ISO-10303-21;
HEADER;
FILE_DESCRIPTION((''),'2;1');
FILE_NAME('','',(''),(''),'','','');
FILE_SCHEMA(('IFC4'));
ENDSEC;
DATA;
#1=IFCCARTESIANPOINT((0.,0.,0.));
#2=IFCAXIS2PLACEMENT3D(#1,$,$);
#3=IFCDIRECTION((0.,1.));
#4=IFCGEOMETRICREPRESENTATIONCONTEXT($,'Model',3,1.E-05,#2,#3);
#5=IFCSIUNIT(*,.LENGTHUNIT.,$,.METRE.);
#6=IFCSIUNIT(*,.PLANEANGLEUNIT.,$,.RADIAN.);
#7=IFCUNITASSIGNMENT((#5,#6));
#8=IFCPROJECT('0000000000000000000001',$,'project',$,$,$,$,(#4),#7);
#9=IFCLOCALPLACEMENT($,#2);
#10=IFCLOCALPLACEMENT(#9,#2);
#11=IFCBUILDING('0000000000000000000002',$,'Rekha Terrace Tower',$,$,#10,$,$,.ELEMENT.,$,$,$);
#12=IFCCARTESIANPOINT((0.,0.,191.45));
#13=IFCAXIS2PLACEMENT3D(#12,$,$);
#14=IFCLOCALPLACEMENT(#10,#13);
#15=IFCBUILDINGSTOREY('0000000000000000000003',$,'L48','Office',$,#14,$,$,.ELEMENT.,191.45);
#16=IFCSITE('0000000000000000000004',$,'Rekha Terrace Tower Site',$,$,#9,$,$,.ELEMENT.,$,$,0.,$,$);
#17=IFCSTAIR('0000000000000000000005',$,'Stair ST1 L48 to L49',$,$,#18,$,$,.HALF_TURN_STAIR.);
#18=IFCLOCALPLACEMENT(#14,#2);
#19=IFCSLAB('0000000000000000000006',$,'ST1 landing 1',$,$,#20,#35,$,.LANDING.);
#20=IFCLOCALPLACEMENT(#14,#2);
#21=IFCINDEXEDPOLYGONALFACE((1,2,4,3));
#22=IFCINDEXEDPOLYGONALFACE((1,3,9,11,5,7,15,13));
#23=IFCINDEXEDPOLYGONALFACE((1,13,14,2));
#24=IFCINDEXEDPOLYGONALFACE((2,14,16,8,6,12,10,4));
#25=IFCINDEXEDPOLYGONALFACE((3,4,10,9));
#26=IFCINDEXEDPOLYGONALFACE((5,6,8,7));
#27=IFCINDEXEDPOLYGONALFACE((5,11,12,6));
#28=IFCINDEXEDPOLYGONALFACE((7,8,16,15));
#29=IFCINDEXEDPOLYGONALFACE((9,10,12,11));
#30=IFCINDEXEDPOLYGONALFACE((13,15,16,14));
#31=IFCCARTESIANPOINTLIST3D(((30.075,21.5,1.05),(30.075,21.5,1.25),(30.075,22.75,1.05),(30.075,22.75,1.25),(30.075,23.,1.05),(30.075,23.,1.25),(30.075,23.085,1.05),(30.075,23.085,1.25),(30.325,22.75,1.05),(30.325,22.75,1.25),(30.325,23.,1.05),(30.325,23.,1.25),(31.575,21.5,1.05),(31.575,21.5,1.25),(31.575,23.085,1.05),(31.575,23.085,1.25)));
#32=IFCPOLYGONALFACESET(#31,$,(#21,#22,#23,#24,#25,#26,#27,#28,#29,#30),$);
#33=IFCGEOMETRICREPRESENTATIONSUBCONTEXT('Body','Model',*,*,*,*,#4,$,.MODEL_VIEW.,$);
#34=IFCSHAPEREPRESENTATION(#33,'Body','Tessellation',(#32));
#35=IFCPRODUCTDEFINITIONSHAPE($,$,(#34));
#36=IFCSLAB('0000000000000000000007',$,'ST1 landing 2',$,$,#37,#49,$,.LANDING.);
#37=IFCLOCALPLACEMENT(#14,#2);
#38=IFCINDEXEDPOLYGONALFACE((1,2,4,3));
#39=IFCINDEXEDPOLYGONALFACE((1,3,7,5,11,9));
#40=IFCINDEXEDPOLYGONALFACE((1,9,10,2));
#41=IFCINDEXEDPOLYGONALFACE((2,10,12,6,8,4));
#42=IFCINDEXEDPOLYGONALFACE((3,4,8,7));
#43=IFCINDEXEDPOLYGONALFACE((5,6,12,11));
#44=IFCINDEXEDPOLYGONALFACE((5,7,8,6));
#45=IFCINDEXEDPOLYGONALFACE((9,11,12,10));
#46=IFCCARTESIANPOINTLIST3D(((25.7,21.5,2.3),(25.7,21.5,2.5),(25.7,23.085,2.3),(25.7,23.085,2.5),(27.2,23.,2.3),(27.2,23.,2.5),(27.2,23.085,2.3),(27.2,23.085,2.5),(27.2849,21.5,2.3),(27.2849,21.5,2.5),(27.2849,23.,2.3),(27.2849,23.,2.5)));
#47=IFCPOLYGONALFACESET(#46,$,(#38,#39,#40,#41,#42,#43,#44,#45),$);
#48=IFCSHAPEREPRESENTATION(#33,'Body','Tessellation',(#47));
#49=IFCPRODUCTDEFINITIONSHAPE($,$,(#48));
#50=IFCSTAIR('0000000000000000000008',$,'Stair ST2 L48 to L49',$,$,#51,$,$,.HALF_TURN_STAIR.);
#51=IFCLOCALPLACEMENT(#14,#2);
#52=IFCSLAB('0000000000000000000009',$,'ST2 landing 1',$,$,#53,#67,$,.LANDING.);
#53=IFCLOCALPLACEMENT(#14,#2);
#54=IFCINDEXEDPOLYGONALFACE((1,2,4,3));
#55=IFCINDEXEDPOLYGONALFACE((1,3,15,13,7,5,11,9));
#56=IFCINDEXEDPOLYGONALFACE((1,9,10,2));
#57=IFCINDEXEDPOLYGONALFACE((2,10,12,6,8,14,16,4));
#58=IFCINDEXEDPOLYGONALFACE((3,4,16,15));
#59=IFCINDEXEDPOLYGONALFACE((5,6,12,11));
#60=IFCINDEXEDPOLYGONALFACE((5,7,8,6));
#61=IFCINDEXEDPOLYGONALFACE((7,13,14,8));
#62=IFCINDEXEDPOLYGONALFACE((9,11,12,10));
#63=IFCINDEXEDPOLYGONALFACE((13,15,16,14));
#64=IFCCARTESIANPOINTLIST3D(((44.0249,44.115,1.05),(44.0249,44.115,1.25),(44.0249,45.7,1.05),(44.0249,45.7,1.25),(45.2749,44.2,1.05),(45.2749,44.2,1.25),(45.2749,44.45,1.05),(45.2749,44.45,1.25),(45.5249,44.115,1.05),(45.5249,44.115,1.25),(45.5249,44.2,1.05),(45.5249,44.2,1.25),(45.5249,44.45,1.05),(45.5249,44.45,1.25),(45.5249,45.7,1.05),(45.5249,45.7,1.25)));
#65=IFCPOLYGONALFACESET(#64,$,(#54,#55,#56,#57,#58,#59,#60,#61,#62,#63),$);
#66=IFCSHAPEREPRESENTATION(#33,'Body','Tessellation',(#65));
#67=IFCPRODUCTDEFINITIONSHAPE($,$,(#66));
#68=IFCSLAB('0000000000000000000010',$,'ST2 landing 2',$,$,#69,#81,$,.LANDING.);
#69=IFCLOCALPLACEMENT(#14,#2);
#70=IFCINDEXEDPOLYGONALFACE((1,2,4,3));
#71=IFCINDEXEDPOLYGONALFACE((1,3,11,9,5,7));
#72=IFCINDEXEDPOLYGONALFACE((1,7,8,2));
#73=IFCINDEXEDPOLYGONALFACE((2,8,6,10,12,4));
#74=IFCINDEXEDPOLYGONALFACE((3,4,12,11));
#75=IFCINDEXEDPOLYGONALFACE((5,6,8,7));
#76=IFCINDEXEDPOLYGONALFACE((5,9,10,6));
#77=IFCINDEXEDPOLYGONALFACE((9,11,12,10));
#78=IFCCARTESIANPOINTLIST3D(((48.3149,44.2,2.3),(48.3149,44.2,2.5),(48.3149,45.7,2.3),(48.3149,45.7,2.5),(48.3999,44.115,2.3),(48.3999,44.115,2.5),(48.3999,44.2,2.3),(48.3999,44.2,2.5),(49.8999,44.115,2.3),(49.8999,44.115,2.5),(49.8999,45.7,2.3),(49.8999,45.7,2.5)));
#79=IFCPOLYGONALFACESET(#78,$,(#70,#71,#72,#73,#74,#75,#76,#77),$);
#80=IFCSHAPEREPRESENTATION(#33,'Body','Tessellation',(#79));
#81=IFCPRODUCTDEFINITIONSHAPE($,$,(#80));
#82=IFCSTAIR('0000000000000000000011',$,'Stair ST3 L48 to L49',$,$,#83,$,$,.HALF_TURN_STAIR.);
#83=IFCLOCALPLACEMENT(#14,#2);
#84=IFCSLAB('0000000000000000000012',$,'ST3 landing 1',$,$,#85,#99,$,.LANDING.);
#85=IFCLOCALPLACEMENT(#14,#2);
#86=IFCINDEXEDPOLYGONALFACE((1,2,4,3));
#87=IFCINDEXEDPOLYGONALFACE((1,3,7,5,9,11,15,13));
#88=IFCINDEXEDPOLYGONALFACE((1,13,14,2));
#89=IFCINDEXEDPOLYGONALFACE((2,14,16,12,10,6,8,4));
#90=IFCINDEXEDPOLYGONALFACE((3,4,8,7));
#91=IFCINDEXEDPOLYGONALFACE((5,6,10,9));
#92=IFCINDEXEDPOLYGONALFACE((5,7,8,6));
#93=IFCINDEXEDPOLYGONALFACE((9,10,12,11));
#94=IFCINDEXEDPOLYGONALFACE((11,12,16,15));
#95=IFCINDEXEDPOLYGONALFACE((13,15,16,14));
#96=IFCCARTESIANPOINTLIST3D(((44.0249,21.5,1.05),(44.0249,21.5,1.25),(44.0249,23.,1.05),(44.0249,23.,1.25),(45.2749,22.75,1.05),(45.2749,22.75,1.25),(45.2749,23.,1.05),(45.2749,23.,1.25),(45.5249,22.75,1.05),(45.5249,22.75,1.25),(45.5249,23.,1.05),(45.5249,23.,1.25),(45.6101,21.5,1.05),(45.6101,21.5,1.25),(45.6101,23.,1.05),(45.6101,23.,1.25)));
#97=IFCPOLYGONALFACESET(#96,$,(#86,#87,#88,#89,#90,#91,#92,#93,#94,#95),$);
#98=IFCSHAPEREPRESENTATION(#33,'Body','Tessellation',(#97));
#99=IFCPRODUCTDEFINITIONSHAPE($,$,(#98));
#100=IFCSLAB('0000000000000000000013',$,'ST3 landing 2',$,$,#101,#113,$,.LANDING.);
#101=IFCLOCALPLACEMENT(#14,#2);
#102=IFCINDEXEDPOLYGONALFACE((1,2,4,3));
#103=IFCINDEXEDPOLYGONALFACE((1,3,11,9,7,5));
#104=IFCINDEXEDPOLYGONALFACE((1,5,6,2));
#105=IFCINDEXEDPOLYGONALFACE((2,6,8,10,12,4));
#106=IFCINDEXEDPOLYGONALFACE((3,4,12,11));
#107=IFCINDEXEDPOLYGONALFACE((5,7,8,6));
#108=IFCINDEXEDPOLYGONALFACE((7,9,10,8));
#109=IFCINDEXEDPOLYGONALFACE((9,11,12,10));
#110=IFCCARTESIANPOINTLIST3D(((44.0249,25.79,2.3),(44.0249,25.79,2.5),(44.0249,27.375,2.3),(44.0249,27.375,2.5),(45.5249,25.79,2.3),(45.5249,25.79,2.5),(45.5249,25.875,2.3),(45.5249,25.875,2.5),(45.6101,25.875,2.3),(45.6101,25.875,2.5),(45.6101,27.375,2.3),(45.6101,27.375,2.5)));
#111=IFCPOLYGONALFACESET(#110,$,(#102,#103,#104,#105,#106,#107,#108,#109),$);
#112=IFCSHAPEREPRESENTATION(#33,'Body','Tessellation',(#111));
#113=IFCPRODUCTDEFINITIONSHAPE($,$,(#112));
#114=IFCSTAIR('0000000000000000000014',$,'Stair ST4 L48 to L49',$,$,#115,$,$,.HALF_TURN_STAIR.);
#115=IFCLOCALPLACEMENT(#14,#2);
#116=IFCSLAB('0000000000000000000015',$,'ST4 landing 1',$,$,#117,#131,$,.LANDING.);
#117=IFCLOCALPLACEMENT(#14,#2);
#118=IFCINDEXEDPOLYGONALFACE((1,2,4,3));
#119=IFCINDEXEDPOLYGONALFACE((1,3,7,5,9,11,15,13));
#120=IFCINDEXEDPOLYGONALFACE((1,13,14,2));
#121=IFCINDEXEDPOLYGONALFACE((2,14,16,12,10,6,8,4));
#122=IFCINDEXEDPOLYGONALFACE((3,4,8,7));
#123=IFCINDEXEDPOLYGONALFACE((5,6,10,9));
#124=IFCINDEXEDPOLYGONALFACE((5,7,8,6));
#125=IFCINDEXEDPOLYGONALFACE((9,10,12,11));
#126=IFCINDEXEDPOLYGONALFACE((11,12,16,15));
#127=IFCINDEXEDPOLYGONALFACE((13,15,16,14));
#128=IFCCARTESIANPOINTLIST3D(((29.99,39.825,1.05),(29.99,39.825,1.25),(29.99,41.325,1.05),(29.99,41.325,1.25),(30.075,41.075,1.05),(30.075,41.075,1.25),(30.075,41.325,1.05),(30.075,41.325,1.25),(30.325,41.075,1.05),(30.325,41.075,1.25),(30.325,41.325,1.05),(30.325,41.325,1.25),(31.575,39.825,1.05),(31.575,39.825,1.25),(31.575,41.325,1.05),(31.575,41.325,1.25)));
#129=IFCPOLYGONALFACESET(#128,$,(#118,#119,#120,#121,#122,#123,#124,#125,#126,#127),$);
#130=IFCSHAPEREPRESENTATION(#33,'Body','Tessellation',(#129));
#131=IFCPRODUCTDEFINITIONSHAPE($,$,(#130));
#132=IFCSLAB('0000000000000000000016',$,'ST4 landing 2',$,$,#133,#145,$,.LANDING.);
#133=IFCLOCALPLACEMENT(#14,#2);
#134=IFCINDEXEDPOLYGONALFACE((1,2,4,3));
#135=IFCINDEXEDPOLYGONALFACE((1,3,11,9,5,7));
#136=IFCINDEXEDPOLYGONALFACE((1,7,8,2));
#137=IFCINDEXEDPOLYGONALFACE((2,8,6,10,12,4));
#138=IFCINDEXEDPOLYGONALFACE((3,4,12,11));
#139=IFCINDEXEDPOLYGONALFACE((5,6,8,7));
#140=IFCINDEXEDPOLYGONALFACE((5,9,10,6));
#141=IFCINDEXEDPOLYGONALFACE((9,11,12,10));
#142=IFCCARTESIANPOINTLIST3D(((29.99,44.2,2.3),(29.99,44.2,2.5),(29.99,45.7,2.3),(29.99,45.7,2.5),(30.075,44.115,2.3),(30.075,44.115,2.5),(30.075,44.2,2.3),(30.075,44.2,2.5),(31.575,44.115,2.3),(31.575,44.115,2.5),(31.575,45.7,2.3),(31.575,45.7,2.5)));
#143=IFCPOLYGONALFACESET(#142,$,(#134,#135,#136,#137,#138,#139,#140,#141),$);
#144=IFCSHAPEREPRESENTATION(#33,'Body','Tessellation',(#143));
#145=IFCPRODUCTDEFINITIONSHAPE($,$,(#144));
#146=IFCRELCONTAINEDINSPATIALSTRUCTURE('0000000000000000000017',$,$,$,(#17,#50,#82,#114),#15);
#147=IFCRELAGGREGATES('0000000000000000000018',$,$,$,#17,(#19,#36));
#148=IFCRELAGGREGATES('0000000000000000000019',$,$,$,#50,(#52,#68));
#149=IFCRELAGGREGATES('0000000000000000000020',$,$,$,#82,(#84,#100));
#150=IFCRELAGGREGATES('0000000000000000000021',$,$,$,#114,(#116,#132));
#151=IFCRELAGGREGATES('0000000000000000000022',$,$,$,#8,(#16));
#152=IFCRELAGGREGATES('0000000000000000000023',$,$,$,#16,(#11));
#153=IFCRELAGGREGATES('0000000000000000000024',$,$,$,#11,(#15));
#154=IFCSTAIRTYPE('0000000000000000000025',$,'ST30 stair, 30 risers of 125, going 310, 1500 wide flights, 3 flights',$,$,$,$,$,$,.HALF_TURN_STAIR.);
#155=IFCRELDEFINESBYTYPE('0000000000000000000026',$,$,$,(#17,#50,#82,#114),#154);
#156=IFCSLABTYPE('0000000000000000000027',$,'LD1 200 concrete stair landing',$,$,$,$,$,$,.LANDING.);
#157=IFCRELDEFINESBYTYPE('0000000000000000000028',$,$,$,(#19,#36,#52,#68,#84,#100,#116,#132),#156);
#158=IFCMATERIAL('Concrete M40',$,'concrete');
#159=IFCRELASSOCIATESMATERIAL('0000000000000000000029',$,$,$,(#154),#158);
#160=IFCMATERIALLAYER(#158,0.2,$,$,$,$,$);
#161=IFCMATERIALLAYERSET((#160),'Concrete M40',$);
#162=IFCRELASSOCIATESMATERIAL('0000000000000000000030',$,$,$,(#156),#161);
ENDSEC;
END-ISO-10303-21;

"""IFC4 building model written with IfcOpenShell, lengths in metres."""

from ifc_helpers import new_model, si_unit, direction, frame, origin, place, context, subcontext, project, spatial, polyline, outline, extrude, material, layer, layer_set, type_object, element, aggregate, save


model = new_model("IFC4")

# Units and contexts
model_context = context("Model", 3, precision=1e-05, world=origin(), true_north=direction((0.0, 1.0)))
body_context = subcontext(model_context, "Body", "Model", "MODEL_VIEW")
ifc_project = project(units=[si_unit("LENGTHUNIT", "METRE"), si_unit("PLANEANGLEUNIT", "RADIAN")], contexts=[model_context])

# Site, building, storey
site_placement = place(None, origin())
site = spatial("IfcSite", under=ifc_project, at=site_placement, Name="Rekha Terrace Tower Site", CompositionType="ELEMENT", RefElevation=0.0)
building_placement = place(site_placement, origin())
building = spatial("IfcBuilding", under=site, at=building_placement, Name="Rekha Terrace Tower", CompositionType="ELEMENT")
storey_placement = place(building_placement, frame((0.0, 0.0, 191.45)))
storey = spatial("IfcBuildingStorey", under=building, at=storey_placement, Name="L48", Description="Office", CompositionType="ELEMENT", Elevation=191.45)

# Stairs, slabs
ifc_material_1 = material(Name="Concrete M40", Category="concrete")
stair_type = type_object("IfcStairType", Name="ST30 stair, 30 risers of 125, going 310, 1500 wide flights, 3 flights", PredefinedType="HALF_TURN_STAIR", material=ifc_material_1)
stair_1_placement = place(storey_placement, origin())
stair_1 = element("IfcStair", 1, at=stair_1_placement, inside=storey, type_object=stair_type, Name="Stair ST1 L48 to L49", PredefinedType="HALF_TURN_STAIR")
ifc_layer_1 = layer(ifc_material_1, 0.2)
ifc_layer_set_1 = layer_set([ifc_layer_1], Name="Concrete M40")
slab_type_1 = type_object("IfcSlabType", Name="LD1 200 concrete stair landing", PredefinedType="LANDING", material=ifc_layer_set_1)
slab_1_placement = place(storey_placement, frame((0.0, 0.0, 1.05)))
slab_1 = element("IfcSlab", 2, at=slab_1_placement, type_object=slab_type_1, Name="ST1 landing 1", PredefinedType="LANDING", context=body_context, shape_type="SweptSolid", body=[
    extrude(outline(polyline([(30.075, 21.5), (31.575, 21.5), (31.575, 23.085), (30.075, 23.085), (30.075, 23.0), (30.325, 23.0), (30.325, 22.75), (30.075, 22.75), (30.075, 21.5)])), origin(), (0.0, 0.0, 1.0), 0.2),
])
slab_2_placement = place(storey_placement, frame((0.0, 0.0, 2.3)))
slab_2 = element("IfcSlab", 3, at=slab_2_placement, type_object=slab_type_1, Name="ST1 landing 2", PredefinedType="LANDING", context=body_context, shape_type="SweptSolid", body=[
    extrude(outline(polyline([(27.2, 23.085), (25.7, 23.085), (25.7, 21.5), (27.2849, 21.5), (27.2849, 23.0), (27.2, 23.0), (27.2, 23.085)])), origin(), (0.0, 0.0, 1.0), 0.2),
])
aggregate(stair_1, [slab_1, slab_2])
stair_2_placement = place(storey_placement, origin())
stair_2 = element("IfcStair", 4, at=stair_2_placement, inside=storey, type_object=stair_type, Name="Stair ST2 L48 to L49", PredefinedType="HALF_TURN_STAIR")
slab_3_placement = place(storey_placement, frame((0.0, 0.0, 1.05)))
slab_3 = element("IfcSlab", 5, at=slab_3_placement, type_object=slab_type_1, Name="ST2 landing 1", PredefinedType="LANDING", context=body_context, shape_type="SweptSolid", body=[
    extrude(outline(polyline([(45.5249, 45.7), (44.0249, 45.7), (44.0249, 44.115), (45.5249, 44.115), (45.5249, 44.2), (45.2749, 44.2), (45.2749, 44.45), (45.5249, 44.45), (45.5249, 45.7)])), origin(), (0.0, 0.0, 1.0), 0.2),
])
slab_4_placement = place(storey_placement, frame((0.0, 0.0, 2.3)))
slab_4 = element("IfcSlab", 6, at=slab_4_placement, type_object=slab_type_1, Name="ST2 landing 2", PredefinedType="LANDING", context=body_context, shape_type="SweptSolid", body=[
    extrude(outline(polyline([(48.3999, 44.115), (49.8999, 44.115), (49.8999, 45.7), (48.3149, 45.7), (48.3149, 44.2), (48.3999, 44.2), (48.3999, 44.115)])), origin(), (0.0, 0.0, 1.0), 0.2),
])
aggregate(stair_2, [slab_3, slab_4])
stair_3_placement = place(storey_placement, origin())
stair_3 = element("IfcStair", 7, at=stair_3_placement, inside=storey, type_object=stair_type, Name="Stair ST3 L48 to L49", PredefinedType="HALF_TURN_STAIR")
slab_5_placement = place(storey_placement, frame((0.0, 0.0, 1.05)))
slab_5 = element("IfcSlab", 8, at=slab_5_placement, type_object=slab_type_1, Name="ST3 landing 1", PredefinedType="LANDING", context=body_context, shape_type="SweptSolid", body=[
    extrude(outline(polyline([(44.0249, 23.0), (44.0249, 21.5), (45.6101, 21.5), (45.6101, 23.0), (45.5249, 23.0), (45.5249, 22.75), (45.2749, 22.75), (45.2749, 23.0), (44.0249, 23.0)])), origin(), (0.0, 0.0, 1.0), 0.2),
])
slab_6_placement = place(storey_placement, frame((0.0, 0.0, 2.3)))
slab_6 = element("IfcSlab", 9, at=slab_6_placement, type_object=slab_type_1, Name="ST3 landing 2", PredefinedType="LANDING", context=body_context, shape_type="SweptSolid", body=[
    extrude(outline(polyline([(45.6101, 25.875), (45.6101, 27.375), (44.0249, 27.375), (44.0249, 25.79), (45.5249, 25.79), (45.5249, 25.875), (45.6101, 25.875)])), origin(), (0.0, 0.0, 1.0), 0.2),
])
aggregate(stair_3, [slab_5, slab_6])
stair_4_placement = place(storey_placement, origin())
stair_4 = element("IfcStair", 10, at=stair_4_placement, inside=storey, type_object=stair_type, Name="Stair ST4 L48 to L49", PredefinedType="HALF_TURN_STAIR")
slab_7_placement = place(storey_placement, frame((0.0, 0.0, 1.05)))
slab_7 = element("IfcSlab", 11, at=slab_7_placement, type_object=slab_type_1, Name="ST4 landing 1", PredefinedType="LANDING", context=body_context, shape_type="SweptSolid", body=[
    extrude(outline(polyline([(31.575, 41.325), (31.575, 39.825), (29.99, 39.825), (29.99, 41.325), (30.075, 41.325), (30.075, 41.075), (30.325, 41.075), (30.325, 41.325), (31.575, 41.325)])), origin(), (0.0, 0.0, 1.0), 0.2),
])
slab_8_placement = place(storey_placement, frame((0.0, 0.0, 2.3)))
slab_8 = element("IfcSlab", 12, at=slab_8_placement, type_object=slab_type_1, Name="ST4 landing 2", PredefinedType="LANDING", context=body_context, shape_type="SweptSolid", body=[
    extrude(outline(polyline([(29.99, 44.2), (29.99, 45.7), (31.575, 45.7), (31.575, 44.115), (30.075, 44.115), (30.075, 44.2), (29.99, 44.2)])), origin(), (0.0, 0.0, 1.0), 0.2),
])
aggregate(stair_4, [slab_7, slab_8])

save(model, "model.ifc")
